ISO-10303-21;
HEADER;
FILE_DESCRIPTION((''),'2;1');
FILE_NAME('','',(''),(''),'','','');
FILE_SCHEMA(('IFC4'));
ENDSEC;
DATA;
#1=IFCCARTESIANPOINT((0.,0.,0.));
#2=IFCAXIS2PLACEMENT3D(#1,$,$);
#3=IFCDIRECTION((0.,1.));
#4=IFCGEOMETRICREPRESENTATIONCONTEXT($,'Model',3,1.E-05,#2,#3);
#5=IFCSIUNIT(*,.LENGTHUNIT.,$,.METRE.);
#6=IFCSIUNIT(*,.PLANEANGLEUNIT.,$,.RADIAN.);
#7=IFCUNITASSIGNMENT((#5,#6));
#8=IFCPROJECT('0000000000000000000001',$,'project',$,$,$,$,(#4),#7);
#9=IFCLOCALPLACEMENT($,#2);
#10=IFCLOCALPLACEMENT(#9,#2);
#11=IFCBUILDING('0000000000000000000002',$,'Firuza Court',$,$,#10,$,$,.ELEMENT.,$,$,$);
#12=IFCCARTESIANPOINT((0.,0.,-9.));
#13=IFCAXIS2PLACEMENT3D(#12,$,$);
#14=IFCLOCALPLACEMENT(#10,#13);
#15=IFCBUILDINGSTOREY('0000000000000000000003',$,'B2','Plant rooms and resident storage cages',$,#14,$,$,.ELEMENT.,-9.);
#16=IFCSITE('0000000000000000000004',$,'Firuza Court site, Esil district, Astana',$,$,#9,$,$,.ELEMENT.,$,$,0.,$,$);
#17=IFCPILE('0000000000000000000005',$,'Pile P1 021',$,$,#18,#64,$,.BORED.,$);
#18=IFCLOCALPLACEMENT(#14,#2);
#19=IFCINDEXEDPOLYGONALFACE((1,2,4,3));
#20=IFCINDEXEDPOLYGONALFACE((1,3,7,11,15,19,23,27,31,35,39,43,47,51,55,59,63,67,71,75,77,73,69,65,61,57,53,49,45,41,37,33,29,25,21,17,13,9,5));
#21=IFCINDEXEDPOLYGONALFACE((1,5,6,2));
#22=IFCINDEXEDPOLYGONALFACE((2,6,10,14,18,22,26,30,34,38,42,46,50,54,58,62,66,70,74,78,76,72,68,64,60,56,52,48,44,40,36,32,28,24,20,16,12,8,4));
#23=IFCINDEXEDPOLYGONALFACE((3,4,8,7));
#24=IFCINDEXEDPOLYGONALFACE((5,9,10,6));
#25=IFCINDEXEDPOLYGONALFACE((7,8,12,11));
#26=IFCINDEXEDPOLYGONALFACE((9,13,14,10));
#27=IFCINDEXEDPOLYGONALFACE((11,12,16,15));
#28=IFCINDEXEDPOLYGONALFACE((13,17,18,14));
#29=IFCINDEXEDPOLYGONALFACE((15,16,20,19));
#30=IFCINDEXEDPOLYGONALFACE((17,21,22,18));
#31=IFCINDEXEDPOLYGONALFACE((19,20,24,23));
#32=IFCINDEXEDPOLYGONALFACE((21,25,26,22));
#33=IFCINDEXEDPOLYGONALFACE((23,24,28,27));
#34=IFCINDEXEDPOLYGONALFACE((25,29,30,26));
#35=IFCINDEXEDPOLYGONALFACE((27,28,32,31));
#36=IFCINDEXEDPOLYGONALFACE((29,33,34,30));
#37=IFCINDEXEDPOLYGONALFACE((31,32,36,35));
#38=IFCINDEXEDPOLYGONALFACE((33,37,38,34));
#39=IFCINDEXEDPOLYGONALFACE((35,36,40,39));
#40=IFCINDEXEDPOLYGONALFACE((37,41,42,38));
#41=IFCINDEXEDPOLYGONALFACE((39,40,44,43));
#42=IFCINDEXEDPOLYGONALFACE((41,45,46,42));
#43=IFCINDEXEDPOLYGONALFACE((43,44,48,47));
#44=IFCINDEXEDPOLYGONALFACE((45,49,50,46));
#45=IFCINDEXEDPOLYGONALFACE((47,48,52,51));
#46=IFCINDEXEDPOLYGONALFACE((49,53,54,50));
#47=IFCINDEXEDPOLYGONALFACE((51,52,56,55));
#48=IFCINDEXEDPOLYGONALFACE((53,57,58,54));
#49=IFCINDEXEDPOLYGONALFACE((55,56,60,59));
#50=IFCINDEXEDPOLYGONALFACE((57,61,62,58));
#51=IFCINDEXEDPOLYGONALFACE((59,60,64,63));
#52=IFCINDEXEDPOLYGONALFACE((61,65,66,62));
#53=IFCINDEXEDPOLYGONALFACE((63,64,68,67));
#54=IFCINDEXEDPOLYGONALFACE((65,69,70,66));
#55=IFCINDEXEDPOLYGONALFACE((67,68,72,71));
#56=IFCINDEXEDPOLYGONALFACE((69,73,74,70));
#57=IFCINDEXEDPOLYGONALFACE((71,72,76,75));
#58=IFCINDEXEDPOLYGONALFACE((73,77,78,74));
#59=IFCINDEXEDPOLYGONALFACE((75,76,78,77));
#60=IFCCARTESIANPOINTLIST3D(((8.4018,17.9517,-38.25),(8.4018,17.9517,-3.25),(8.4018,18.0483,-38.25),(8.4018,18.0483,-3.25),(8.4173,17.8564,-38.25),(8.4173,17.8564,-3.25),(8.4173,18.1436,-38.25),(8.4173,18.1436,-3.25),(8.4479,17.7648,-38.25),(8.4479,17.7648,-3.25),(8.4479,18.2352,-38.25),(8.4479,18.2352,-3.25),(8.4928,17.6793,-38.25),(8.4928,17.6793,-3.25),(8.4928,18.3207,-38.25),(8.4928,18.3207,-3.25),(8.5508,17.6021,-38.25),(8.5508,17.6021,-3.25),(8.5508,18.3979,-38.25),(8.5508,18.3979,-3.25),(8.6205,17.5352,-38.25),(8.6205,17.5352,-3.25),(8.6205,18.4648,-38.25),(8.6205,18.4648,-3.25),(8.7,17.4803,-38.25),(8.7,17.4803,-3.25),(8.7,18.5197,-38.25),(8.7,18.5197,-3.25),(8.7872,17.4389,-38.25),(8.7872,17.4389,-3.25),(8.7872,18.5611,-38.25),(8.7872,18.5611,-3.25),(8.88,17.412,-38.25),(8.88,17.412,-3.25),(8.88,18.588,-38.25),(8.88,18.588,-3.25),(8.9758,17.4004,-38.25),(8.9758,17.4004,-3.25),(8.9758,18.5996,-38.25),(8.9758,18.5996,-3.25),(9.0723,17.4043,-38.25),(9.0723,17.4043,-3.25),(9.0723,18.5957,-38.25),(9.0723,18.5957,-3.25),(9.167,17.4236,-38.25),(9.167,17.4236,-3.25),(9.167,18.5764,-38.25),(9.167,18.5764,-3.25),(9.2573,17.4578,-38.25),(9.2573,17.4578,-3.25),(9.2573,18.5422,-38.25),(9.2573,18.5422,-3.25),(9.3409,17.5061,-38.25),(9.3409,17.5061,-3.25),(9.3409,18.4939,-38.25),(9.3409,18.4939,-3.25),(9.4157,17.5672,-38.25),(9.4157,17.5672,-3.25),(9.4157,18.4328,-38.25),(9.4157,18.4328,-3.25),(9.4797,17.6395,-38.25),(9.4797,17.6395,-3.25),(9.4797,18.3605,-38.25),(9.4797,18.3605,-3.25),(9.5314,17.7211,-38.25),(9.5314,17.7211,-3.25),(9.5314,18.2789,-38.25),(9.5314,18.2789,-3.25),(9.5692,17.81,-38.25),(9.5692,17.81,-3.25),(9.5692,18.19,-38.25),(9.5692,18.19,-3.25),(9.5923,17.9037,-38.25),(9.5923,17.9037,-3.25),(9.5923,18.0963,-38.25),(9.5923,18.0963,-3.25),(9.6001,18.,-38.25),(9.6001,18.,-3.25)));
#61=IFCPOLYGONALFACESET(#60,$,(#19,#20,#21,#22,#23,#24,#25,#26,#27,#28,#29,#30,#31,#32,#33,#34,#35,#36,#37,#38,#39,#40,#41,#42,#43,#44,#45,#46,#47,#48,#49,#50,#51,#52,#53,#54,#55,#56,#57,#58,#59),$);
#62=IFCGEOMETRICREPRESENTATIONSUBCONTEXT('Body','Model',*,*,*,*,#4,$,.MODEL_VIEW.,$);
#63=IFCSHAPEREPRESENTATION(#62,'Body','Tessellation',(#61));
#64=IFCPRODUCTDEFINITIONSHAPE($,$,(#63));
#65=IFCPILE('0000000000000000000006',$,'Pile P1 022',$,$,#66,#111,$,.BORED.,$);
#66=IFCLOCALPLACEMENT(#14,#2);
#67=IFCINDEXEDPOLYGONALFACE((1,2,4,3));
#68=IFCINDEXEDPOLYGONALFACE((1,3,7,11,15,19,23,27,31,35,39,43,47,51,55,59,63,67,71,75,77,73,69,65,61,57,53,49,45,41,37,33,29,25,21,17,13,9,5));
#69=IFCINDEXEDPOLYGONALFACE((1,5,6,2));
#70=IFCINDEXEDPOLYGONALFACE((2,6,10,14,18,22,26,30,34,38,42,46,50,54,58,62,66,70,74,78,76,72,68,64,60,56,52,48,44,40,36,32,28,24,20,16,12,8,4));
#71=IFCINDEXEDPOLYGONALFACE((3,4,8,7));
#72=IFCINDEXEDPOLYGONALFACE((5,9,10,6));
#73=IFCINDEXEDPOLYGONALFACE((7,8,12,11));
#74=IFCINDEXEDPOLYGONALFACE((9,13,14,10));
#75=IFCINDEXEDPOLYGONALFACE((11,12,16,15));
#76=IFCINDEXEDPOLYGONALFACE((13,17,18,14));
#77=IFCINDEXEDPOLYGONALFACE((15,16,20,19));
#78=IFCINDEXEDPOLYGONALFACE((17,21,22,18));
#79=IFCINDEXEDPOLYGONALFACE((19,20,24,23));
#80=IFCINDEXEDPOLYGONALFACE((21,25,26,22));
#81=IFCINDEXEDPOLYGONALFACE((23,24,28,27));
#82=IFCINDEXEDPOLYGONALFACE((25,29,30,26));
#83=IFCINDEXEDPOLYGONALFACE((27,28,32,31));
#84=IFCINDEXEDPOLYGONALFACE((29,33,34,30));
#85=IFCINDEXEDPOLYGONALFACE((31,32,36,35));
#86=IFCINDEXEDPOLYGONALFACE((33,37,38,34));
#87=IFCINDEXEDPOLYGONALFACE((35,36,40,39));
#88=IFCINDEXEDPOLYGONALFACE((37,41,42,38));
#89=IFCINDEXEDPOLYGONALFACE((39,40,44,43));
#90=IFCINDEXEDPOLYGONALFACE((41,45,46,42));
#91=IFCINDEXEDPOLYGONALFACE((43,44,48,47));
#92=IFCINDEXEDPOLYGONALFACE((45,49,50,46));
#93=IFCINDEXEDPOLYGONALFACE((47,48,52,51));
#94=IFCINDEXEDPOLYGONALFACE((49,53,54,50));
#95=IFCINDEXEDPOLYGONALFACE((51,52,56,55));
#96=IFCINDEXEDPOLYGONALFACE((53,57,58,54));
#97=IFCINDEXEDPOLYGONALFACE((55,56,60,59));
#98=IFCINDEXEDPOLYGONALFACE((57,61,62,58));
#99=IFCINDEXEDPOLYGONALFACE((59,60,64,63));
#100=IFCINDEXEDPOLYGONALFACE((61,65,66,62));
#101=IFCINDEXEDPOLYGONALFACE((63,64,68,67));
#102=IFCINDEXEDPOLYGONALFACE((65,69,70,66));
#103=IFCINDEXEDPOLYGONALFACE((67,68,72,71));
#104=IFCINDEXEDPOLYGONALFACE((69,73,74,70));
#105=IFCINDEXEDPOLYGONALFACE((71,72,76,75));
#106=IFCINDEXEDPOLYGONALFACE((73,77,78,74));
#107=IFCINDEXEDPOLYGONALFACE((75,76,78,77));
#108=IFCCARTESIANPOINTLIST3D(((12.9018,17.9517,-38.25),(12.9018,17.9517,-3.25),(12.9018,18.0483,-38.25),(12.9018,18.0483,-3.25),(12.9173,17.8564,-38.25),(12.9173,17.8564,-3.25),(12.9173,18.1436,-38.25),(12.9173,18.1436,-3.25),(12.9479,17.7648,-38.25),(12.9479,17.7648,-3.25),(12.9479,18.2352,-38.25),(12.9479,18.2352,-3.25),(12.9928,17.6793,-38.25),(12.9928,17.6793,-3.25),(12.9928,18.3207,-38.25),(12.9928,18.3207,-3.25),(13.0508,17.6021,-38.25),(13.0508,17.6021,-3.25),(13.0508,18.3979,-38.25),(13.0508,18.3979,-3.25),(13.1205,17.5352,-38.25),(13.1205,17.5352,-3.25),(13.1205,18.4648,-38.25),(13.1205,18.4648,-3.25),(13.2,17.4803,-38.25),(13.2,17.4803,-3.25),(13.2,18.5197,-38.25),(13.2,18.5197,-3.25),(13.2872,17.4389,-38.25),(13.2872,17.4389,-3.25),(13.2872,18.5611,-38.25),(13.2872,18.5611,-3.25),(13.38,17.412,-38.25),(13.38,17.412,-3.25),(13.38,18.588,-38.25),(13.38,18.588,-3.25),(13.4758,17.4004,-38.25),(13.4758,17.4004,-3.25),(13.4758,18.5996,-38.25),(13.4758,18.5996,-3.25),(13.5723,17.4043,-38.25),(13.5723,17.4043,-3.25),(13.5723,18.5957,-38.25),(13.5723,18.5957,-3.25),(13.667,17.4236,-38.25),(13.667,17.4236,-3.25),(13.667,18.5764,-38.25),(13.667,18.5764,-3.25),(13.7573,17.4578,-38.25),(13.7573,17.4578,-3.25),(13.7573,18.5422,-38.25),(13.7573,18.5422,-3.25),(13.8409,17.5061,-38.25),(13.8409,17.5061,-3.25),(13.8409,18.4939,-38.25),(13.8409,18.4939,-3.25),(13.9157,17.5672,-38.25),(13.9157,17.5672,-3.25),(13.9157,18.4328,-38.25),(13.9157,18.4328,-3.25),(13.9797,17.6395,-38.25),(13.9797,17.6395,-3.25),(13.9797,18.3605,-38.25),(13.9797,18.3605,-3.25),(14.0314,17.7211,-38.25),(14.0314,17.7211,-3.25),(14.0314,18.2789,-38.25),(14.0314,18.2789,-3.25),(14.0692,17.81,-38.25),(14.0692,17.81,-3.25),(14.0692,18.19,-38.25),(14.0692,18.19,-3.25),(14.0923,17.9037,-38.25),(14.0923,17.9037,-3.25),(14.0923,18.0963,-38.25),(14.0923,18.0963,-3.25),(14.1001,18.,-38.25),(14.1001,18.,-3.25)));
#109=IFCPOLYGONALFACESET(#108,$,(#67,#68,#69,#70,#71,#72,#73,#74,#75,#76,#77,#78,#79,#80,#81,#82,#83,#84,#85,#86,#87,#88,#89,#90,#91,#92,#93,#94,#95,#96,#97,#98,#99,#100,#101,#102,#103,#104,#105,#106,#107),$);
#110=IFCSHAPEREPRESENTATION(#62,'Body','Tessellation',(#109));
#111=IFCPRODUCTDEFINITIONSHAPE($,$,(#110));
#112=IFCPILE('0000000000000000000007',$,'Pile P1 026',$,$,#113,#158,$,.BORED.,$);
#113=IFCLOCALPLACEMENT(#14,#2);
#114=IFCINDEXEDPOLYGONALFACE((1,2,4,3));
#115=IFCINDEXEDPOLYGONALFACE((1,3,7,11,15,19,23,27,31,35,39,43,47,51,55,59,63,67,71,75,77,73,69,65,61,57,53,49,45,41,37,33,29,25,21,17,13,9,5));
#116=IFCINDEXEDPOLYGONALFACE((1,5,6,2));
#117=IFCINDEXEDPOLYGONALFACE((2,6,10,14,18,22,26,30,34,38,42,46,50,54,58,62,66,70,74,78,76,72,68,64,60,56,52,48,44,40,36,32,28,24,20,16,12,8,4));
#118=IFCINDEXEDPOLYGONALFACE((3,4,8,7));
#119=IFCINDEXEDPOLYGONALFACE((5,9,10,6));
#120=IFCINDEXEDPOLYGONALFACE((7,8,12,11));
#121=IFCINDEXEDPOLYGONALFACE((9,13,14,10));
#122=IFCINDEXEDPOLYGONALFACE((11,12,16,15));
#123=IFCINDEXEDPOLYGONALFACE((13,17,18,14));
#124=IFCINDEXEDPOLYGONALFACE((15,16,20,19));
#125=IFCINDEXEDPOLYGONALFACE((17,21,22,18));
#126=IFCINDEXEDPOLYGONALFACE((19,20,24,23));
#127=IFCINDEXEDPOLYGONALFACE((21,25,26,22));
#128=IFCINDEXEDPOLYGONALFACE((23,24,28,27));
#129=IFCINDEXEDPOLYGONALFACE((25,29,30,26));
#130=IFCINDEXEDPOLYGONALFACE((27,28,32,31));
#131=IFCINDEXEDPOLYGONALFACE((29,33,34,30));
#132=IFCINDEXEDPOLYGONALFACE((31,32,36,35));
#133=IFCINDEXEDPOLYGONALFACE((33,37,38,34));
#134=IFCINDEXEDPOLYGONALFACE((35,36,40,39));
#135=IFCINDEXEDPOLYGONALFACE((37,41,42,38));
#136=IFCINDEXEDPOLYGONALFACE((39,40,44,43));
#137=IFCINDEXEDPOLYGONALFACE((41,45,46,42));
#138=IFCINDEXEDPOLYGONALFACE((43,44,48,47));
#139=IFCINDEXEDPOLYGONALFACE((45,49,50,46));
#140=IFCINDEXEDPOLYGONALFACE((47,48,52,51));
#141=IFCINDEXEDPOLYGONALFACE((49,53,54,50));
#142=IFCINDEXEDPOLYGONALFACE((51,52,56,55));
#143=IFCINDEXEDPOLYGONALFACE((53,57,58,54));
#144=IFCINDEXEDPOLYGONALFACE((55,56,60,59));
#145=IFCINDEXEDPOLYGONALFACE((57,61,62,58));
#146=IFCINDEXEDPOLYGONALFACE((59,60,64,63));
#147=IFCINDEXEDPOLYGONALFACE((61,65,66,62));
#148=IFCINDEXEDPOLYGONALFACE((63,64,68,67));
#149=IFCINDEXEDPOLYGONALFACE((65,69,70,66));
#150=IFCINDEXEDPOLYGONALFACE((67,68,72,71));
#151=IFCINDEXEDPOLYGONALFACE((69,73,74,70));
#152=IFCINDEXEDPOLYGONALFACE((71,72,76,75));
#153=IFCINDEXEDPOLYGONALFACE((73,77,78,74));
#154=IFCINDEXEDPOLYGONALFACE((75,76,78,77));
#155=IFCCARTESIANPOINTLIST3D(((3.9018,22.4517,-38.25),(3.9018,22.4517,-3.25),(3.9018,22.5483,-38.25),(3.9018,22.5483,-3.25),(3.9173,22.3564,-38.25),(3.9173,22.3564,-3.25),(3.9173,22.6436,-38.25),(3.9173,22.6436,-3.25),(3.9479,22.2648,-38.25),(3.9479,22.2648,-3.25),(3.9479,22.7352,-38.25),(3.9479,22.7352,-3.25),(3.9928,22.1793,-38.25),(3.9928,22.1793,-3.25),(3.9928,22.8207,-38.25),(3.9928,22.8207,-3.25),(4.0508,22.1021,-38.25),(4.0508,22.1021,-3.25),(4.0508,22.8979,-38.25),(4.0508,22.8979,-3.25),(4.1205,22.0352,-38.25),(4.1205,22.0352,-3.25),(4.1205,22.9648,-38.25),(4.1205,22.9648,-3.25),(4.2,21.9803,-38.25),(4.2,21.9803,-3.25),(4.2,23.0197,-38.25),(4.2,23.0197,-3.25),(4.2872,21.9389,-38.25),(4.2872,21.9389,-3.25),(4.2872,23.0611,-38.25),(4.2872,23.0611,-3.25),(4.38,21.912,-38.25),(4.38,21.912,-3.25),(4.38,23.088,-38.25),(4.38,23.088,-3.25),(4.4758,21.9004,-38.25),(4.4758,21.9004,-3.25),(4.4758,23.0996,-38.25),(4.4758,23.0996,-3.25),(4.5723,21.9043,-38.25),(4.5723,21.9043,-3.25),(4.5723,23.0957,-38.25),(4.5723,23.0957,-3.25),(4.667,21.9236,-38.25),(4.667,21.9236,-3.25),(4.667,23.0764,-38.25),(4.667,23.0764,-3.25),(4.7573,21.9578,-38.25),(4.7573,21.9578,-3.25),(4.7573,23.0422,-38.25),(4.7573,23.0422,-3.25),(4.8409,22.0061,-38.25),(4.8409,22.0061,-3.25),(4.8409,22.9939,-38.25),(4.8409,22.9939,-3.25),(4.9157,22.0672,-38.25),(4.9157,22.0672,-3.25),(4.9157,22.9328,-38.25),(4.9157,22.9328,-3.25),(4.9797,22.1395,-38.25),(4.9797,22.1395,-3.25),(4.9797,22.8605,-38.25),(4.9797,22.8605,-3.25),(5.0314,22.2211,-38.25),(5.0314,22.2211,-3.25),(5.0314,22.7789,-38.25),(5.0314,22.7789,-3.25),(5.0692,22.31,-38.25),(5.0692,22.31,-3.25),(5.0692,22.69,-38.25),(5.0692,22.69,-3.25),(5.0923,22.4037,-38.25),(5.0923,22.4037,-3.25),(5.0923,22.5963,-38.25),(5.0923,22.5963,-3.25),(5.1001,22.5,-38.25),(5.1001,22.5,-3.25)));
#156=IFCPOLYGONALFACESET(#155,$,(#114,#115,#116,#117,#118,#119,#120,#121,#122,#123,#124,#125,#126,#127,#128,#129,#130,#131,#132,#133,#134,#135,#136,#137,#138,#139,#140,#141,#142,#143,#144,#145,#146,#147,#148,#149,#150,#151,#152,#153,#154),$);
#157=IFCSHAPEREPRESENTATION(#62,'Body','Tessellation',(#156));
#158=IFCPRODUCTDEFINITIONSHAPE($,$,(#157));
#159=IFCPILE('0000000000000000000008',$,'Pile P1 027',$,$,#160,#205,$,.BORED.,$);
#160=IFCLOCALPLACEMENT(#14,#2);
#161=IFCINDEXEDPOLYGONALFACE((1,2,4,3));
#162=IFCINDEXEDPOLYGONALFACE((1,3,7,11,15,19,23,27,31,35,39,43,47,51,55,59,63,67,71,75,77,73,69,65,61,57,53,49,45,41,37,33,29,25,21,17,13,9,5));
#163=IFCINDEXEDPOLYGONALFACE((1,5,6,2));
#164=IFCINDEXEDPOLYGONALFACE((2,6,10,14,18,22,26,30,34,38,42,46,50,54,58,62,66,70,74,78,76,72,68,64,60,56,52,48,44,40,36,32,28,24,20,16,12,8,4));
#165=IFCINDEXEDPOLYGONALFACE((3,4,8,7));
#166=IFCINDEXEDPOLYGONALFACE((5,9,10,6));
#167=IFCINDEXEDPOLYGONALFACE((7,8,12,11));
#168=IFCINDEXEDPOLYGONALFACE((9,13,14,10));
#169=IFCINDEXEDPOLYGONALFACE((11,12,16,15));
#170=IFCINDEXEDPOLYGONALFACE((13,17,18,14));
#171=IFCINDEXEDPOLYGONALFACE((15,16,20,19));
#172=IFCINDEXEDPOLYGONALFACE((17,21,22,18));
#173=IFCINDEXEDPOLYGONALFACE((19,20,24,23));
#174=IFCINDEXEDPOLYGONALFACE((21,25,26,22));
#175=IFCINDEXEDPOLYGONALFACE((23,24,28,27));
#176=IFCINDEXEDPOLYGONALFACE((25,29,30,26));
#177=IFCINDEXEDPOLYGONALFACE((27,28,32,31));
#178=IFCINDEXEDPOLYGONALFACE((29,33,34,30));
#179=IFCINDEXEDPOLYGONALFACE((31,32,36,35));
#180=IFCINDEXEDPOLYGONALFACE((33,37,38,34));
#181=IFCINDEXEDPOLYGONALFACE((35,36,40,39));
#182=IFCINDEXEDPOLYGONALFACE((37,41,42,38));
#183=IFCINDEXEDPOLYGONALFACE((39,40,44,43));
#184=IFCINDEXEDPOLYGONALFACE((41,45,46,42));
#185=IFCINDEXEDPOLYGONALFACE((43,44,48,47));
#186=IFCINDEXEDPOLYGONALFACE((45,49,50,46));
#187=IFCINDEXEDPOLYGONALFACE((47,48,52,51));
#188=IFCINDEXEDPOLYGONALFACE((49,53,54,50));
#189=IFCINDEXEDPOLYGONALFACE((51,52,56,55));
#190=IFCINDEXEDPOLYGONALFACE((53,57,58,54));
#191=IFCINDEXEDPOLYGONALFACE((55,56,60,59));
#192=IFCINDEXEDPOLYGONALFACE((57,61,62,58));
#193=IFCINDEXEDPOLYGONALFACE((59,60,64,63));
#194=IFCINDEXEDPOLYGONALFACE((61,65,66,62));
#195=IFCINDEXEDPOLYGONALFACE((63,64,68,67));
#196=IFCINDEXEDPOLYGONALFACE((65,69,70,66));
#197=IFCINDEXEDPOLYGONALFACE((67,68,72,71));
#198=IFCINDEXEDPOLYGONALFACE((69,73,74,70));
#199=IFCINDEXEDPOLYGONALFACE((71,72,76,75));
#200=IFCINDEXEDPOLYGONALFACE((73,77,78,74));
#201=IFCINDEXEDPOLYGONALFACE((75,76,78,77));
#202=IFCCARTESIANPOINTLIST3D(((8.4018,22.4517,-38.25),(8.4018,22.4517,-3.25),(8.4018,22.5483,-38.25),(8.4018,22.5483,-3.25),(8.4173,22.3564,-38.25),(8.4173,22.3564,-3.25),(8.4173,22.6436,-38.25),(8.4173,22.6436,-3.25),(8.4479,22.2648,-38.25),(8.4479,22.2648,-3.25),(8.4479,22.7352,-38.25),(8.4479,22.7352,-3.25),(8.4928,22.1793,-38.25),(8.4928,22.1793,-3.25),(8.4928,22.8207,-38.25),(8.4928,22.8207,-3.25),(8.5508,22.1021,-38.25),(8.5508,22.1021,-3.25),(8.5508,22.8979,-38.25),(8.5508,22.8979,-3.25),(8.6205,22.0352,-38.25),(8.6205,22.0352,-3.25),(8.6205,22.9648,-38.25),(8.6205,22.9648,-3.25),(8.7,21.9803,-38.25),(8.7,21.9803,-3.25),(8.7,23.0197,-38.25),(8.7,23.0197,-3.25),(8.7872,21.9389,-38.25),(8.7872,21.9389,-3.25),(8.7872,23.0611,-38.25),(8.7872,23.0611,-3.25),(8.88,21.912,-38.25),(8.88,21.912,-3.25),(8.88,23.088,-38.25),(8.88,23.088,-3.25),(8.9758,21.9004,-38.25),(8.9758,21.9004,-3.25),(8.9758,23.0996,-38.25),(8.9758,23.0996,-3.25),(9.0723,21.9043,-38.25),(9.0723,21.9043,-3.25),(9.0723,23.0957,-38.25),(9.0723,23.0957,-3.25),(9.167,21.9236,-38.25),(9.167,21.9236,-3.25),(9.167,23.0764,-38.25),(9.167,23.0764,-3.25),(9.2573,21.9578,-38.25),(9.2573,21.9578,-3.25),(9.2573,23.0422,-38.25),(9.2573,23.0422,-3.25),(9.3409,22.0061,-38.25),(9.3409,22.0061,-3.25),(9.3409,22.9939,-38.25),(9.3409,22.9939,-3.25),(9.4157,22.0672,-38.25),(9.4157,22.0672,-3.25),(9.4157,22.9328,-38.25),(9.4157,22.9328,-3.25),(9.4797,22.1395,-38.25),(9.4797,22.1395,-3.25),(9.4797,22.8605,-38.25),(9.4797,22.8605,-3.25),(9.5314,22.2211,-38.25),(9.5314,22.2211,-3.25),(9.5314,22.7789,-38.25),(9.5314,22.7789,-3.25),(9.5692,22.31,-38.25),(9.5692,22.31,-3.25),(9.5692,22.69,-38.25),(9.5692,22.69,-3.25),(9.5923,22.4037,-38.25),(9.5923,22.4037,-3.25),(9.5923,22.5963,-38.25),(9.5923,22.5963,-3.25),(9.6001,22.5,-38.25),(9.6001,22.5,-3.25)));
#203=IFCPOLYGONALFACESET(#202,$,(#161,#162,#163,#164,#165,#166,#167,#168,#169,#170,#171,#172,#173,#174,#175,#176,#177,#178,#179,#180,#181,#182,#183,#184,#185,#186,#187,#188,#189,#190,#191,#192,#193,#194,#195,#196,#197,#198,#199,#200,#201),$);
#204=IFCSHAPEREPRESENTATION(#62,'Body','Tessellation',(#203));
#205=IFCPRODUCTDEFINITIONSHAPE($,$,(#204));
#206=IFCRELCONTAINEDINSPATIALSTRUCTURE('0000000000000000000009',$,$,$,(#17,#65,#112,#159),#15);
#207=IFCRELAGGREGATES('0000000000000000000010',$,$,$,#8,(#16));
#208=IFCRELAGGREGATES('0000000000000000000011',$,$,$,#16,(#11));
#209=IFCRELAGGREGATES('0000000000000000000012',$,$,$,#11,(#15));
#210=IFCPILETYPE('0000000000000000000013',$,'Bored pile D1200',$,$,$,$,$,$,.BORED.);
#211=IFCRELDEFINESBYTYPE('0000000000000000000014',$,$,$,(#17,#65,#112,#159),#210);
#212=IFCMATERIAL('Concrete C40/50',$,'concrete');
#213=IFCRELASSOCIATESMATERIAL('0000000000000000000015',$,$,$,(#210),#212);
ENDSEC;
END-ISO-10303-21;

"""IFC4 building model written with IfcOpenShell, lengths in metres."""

from ifc_helpers import new_model, si_unit, direction, frame, origin, origin_2d, place, context, subcontext, project, spatial, circle, extrude, material, material_profile, profile_set, type_object, element, save


model = new_model("IFC4")

# Units and contexts
model_context = context("Model", 3, precision=1e-05, world=origin(), true_north=direction((0.0, 1.0)))
body_context = subcontext(model_context, "Body", "Model", "MODEL_VIEW")
ifc_project = project(units=[si_unit("LENGTHUNIT", "METRE"), si_unit("PLANEANGLEUNIT", "RADIAN")], contexts=[model_context])

# Site, building, storey
site_placement = place(None, origin())
site = spatial("IfcSite", under=ifc_project, at=site_placement, Name="Firuza Court site, Esil district, Astana", CompositionType="ELEMENT", RefElevation=0.0)
building_placement = place(site_placement, origin())
building = spatial("IfcBuilding", under=site, at=building_placement, Name="Firuza Court", CompositionType="ELEMENT")
storey_placement = place(building_placement, frame((0.0, 0.0, -9.0)))
storey = spatial("IfcBuildingStorey", under=building, at=storey_placement, Name="B2", Description="Plant rooms and resident storage cages", CompositionType="ELEMENT", Elevation=-9.0)

# Piles
ifc_material_1 = material(Name="Concrete C40/50", Category="concrete")
ifc_material_profile_1 = material_profile(ifc_material_1, circle(Radius=0.6001, at=origin_2d()), Name="Pile D1200")
ifc_profile_set_1 = profile_set([ifc_material_profile_1], Name="Concrete C40/50")
pile_type = type_object("IfcPileType", Name="Bored pile D1200", PredefinedType="BORED", material=ifc_profile_set_1)
for number, where, z_axis, x_axis, name in (
    (1, (9.0, 18.0, -3.25), (0.0, 0.0, -1.0), (1.0, 0.0, 0.0), "Pile P1 021"),
    (2, (13.5, 18.0, -3.25), (0.0, 0.0, -1.0), (1.0, 0.0, 0.0), "Pile P1 022"),
    (3, (4.5, 22.5, -3.25), (0.0, 0.0, -1.0), (1.0, 0.0, 0.0), "Pile P1 026"),
    (4, (9.0, 22.5, -3.25), (0.0, 0.0, -1.0), (1.0, 0.0, 0.0), "Pile P1 027"),
):
    element("IfcPile", number, at=place(storey_placement, frame(where, z_axis=z_axis, x_axis=x_axis)), inside=storey, type_object=pile_type, Name=name, PredefinedType="BORED", context=body_context, shape_type="SweptSolid", body=[
        extrude(circle(Radius=0.6001, at=origin_2d()), origin(), (0.0, 0.0, 1.0), 35.0),
    ])

save(model, "model.ifc")
